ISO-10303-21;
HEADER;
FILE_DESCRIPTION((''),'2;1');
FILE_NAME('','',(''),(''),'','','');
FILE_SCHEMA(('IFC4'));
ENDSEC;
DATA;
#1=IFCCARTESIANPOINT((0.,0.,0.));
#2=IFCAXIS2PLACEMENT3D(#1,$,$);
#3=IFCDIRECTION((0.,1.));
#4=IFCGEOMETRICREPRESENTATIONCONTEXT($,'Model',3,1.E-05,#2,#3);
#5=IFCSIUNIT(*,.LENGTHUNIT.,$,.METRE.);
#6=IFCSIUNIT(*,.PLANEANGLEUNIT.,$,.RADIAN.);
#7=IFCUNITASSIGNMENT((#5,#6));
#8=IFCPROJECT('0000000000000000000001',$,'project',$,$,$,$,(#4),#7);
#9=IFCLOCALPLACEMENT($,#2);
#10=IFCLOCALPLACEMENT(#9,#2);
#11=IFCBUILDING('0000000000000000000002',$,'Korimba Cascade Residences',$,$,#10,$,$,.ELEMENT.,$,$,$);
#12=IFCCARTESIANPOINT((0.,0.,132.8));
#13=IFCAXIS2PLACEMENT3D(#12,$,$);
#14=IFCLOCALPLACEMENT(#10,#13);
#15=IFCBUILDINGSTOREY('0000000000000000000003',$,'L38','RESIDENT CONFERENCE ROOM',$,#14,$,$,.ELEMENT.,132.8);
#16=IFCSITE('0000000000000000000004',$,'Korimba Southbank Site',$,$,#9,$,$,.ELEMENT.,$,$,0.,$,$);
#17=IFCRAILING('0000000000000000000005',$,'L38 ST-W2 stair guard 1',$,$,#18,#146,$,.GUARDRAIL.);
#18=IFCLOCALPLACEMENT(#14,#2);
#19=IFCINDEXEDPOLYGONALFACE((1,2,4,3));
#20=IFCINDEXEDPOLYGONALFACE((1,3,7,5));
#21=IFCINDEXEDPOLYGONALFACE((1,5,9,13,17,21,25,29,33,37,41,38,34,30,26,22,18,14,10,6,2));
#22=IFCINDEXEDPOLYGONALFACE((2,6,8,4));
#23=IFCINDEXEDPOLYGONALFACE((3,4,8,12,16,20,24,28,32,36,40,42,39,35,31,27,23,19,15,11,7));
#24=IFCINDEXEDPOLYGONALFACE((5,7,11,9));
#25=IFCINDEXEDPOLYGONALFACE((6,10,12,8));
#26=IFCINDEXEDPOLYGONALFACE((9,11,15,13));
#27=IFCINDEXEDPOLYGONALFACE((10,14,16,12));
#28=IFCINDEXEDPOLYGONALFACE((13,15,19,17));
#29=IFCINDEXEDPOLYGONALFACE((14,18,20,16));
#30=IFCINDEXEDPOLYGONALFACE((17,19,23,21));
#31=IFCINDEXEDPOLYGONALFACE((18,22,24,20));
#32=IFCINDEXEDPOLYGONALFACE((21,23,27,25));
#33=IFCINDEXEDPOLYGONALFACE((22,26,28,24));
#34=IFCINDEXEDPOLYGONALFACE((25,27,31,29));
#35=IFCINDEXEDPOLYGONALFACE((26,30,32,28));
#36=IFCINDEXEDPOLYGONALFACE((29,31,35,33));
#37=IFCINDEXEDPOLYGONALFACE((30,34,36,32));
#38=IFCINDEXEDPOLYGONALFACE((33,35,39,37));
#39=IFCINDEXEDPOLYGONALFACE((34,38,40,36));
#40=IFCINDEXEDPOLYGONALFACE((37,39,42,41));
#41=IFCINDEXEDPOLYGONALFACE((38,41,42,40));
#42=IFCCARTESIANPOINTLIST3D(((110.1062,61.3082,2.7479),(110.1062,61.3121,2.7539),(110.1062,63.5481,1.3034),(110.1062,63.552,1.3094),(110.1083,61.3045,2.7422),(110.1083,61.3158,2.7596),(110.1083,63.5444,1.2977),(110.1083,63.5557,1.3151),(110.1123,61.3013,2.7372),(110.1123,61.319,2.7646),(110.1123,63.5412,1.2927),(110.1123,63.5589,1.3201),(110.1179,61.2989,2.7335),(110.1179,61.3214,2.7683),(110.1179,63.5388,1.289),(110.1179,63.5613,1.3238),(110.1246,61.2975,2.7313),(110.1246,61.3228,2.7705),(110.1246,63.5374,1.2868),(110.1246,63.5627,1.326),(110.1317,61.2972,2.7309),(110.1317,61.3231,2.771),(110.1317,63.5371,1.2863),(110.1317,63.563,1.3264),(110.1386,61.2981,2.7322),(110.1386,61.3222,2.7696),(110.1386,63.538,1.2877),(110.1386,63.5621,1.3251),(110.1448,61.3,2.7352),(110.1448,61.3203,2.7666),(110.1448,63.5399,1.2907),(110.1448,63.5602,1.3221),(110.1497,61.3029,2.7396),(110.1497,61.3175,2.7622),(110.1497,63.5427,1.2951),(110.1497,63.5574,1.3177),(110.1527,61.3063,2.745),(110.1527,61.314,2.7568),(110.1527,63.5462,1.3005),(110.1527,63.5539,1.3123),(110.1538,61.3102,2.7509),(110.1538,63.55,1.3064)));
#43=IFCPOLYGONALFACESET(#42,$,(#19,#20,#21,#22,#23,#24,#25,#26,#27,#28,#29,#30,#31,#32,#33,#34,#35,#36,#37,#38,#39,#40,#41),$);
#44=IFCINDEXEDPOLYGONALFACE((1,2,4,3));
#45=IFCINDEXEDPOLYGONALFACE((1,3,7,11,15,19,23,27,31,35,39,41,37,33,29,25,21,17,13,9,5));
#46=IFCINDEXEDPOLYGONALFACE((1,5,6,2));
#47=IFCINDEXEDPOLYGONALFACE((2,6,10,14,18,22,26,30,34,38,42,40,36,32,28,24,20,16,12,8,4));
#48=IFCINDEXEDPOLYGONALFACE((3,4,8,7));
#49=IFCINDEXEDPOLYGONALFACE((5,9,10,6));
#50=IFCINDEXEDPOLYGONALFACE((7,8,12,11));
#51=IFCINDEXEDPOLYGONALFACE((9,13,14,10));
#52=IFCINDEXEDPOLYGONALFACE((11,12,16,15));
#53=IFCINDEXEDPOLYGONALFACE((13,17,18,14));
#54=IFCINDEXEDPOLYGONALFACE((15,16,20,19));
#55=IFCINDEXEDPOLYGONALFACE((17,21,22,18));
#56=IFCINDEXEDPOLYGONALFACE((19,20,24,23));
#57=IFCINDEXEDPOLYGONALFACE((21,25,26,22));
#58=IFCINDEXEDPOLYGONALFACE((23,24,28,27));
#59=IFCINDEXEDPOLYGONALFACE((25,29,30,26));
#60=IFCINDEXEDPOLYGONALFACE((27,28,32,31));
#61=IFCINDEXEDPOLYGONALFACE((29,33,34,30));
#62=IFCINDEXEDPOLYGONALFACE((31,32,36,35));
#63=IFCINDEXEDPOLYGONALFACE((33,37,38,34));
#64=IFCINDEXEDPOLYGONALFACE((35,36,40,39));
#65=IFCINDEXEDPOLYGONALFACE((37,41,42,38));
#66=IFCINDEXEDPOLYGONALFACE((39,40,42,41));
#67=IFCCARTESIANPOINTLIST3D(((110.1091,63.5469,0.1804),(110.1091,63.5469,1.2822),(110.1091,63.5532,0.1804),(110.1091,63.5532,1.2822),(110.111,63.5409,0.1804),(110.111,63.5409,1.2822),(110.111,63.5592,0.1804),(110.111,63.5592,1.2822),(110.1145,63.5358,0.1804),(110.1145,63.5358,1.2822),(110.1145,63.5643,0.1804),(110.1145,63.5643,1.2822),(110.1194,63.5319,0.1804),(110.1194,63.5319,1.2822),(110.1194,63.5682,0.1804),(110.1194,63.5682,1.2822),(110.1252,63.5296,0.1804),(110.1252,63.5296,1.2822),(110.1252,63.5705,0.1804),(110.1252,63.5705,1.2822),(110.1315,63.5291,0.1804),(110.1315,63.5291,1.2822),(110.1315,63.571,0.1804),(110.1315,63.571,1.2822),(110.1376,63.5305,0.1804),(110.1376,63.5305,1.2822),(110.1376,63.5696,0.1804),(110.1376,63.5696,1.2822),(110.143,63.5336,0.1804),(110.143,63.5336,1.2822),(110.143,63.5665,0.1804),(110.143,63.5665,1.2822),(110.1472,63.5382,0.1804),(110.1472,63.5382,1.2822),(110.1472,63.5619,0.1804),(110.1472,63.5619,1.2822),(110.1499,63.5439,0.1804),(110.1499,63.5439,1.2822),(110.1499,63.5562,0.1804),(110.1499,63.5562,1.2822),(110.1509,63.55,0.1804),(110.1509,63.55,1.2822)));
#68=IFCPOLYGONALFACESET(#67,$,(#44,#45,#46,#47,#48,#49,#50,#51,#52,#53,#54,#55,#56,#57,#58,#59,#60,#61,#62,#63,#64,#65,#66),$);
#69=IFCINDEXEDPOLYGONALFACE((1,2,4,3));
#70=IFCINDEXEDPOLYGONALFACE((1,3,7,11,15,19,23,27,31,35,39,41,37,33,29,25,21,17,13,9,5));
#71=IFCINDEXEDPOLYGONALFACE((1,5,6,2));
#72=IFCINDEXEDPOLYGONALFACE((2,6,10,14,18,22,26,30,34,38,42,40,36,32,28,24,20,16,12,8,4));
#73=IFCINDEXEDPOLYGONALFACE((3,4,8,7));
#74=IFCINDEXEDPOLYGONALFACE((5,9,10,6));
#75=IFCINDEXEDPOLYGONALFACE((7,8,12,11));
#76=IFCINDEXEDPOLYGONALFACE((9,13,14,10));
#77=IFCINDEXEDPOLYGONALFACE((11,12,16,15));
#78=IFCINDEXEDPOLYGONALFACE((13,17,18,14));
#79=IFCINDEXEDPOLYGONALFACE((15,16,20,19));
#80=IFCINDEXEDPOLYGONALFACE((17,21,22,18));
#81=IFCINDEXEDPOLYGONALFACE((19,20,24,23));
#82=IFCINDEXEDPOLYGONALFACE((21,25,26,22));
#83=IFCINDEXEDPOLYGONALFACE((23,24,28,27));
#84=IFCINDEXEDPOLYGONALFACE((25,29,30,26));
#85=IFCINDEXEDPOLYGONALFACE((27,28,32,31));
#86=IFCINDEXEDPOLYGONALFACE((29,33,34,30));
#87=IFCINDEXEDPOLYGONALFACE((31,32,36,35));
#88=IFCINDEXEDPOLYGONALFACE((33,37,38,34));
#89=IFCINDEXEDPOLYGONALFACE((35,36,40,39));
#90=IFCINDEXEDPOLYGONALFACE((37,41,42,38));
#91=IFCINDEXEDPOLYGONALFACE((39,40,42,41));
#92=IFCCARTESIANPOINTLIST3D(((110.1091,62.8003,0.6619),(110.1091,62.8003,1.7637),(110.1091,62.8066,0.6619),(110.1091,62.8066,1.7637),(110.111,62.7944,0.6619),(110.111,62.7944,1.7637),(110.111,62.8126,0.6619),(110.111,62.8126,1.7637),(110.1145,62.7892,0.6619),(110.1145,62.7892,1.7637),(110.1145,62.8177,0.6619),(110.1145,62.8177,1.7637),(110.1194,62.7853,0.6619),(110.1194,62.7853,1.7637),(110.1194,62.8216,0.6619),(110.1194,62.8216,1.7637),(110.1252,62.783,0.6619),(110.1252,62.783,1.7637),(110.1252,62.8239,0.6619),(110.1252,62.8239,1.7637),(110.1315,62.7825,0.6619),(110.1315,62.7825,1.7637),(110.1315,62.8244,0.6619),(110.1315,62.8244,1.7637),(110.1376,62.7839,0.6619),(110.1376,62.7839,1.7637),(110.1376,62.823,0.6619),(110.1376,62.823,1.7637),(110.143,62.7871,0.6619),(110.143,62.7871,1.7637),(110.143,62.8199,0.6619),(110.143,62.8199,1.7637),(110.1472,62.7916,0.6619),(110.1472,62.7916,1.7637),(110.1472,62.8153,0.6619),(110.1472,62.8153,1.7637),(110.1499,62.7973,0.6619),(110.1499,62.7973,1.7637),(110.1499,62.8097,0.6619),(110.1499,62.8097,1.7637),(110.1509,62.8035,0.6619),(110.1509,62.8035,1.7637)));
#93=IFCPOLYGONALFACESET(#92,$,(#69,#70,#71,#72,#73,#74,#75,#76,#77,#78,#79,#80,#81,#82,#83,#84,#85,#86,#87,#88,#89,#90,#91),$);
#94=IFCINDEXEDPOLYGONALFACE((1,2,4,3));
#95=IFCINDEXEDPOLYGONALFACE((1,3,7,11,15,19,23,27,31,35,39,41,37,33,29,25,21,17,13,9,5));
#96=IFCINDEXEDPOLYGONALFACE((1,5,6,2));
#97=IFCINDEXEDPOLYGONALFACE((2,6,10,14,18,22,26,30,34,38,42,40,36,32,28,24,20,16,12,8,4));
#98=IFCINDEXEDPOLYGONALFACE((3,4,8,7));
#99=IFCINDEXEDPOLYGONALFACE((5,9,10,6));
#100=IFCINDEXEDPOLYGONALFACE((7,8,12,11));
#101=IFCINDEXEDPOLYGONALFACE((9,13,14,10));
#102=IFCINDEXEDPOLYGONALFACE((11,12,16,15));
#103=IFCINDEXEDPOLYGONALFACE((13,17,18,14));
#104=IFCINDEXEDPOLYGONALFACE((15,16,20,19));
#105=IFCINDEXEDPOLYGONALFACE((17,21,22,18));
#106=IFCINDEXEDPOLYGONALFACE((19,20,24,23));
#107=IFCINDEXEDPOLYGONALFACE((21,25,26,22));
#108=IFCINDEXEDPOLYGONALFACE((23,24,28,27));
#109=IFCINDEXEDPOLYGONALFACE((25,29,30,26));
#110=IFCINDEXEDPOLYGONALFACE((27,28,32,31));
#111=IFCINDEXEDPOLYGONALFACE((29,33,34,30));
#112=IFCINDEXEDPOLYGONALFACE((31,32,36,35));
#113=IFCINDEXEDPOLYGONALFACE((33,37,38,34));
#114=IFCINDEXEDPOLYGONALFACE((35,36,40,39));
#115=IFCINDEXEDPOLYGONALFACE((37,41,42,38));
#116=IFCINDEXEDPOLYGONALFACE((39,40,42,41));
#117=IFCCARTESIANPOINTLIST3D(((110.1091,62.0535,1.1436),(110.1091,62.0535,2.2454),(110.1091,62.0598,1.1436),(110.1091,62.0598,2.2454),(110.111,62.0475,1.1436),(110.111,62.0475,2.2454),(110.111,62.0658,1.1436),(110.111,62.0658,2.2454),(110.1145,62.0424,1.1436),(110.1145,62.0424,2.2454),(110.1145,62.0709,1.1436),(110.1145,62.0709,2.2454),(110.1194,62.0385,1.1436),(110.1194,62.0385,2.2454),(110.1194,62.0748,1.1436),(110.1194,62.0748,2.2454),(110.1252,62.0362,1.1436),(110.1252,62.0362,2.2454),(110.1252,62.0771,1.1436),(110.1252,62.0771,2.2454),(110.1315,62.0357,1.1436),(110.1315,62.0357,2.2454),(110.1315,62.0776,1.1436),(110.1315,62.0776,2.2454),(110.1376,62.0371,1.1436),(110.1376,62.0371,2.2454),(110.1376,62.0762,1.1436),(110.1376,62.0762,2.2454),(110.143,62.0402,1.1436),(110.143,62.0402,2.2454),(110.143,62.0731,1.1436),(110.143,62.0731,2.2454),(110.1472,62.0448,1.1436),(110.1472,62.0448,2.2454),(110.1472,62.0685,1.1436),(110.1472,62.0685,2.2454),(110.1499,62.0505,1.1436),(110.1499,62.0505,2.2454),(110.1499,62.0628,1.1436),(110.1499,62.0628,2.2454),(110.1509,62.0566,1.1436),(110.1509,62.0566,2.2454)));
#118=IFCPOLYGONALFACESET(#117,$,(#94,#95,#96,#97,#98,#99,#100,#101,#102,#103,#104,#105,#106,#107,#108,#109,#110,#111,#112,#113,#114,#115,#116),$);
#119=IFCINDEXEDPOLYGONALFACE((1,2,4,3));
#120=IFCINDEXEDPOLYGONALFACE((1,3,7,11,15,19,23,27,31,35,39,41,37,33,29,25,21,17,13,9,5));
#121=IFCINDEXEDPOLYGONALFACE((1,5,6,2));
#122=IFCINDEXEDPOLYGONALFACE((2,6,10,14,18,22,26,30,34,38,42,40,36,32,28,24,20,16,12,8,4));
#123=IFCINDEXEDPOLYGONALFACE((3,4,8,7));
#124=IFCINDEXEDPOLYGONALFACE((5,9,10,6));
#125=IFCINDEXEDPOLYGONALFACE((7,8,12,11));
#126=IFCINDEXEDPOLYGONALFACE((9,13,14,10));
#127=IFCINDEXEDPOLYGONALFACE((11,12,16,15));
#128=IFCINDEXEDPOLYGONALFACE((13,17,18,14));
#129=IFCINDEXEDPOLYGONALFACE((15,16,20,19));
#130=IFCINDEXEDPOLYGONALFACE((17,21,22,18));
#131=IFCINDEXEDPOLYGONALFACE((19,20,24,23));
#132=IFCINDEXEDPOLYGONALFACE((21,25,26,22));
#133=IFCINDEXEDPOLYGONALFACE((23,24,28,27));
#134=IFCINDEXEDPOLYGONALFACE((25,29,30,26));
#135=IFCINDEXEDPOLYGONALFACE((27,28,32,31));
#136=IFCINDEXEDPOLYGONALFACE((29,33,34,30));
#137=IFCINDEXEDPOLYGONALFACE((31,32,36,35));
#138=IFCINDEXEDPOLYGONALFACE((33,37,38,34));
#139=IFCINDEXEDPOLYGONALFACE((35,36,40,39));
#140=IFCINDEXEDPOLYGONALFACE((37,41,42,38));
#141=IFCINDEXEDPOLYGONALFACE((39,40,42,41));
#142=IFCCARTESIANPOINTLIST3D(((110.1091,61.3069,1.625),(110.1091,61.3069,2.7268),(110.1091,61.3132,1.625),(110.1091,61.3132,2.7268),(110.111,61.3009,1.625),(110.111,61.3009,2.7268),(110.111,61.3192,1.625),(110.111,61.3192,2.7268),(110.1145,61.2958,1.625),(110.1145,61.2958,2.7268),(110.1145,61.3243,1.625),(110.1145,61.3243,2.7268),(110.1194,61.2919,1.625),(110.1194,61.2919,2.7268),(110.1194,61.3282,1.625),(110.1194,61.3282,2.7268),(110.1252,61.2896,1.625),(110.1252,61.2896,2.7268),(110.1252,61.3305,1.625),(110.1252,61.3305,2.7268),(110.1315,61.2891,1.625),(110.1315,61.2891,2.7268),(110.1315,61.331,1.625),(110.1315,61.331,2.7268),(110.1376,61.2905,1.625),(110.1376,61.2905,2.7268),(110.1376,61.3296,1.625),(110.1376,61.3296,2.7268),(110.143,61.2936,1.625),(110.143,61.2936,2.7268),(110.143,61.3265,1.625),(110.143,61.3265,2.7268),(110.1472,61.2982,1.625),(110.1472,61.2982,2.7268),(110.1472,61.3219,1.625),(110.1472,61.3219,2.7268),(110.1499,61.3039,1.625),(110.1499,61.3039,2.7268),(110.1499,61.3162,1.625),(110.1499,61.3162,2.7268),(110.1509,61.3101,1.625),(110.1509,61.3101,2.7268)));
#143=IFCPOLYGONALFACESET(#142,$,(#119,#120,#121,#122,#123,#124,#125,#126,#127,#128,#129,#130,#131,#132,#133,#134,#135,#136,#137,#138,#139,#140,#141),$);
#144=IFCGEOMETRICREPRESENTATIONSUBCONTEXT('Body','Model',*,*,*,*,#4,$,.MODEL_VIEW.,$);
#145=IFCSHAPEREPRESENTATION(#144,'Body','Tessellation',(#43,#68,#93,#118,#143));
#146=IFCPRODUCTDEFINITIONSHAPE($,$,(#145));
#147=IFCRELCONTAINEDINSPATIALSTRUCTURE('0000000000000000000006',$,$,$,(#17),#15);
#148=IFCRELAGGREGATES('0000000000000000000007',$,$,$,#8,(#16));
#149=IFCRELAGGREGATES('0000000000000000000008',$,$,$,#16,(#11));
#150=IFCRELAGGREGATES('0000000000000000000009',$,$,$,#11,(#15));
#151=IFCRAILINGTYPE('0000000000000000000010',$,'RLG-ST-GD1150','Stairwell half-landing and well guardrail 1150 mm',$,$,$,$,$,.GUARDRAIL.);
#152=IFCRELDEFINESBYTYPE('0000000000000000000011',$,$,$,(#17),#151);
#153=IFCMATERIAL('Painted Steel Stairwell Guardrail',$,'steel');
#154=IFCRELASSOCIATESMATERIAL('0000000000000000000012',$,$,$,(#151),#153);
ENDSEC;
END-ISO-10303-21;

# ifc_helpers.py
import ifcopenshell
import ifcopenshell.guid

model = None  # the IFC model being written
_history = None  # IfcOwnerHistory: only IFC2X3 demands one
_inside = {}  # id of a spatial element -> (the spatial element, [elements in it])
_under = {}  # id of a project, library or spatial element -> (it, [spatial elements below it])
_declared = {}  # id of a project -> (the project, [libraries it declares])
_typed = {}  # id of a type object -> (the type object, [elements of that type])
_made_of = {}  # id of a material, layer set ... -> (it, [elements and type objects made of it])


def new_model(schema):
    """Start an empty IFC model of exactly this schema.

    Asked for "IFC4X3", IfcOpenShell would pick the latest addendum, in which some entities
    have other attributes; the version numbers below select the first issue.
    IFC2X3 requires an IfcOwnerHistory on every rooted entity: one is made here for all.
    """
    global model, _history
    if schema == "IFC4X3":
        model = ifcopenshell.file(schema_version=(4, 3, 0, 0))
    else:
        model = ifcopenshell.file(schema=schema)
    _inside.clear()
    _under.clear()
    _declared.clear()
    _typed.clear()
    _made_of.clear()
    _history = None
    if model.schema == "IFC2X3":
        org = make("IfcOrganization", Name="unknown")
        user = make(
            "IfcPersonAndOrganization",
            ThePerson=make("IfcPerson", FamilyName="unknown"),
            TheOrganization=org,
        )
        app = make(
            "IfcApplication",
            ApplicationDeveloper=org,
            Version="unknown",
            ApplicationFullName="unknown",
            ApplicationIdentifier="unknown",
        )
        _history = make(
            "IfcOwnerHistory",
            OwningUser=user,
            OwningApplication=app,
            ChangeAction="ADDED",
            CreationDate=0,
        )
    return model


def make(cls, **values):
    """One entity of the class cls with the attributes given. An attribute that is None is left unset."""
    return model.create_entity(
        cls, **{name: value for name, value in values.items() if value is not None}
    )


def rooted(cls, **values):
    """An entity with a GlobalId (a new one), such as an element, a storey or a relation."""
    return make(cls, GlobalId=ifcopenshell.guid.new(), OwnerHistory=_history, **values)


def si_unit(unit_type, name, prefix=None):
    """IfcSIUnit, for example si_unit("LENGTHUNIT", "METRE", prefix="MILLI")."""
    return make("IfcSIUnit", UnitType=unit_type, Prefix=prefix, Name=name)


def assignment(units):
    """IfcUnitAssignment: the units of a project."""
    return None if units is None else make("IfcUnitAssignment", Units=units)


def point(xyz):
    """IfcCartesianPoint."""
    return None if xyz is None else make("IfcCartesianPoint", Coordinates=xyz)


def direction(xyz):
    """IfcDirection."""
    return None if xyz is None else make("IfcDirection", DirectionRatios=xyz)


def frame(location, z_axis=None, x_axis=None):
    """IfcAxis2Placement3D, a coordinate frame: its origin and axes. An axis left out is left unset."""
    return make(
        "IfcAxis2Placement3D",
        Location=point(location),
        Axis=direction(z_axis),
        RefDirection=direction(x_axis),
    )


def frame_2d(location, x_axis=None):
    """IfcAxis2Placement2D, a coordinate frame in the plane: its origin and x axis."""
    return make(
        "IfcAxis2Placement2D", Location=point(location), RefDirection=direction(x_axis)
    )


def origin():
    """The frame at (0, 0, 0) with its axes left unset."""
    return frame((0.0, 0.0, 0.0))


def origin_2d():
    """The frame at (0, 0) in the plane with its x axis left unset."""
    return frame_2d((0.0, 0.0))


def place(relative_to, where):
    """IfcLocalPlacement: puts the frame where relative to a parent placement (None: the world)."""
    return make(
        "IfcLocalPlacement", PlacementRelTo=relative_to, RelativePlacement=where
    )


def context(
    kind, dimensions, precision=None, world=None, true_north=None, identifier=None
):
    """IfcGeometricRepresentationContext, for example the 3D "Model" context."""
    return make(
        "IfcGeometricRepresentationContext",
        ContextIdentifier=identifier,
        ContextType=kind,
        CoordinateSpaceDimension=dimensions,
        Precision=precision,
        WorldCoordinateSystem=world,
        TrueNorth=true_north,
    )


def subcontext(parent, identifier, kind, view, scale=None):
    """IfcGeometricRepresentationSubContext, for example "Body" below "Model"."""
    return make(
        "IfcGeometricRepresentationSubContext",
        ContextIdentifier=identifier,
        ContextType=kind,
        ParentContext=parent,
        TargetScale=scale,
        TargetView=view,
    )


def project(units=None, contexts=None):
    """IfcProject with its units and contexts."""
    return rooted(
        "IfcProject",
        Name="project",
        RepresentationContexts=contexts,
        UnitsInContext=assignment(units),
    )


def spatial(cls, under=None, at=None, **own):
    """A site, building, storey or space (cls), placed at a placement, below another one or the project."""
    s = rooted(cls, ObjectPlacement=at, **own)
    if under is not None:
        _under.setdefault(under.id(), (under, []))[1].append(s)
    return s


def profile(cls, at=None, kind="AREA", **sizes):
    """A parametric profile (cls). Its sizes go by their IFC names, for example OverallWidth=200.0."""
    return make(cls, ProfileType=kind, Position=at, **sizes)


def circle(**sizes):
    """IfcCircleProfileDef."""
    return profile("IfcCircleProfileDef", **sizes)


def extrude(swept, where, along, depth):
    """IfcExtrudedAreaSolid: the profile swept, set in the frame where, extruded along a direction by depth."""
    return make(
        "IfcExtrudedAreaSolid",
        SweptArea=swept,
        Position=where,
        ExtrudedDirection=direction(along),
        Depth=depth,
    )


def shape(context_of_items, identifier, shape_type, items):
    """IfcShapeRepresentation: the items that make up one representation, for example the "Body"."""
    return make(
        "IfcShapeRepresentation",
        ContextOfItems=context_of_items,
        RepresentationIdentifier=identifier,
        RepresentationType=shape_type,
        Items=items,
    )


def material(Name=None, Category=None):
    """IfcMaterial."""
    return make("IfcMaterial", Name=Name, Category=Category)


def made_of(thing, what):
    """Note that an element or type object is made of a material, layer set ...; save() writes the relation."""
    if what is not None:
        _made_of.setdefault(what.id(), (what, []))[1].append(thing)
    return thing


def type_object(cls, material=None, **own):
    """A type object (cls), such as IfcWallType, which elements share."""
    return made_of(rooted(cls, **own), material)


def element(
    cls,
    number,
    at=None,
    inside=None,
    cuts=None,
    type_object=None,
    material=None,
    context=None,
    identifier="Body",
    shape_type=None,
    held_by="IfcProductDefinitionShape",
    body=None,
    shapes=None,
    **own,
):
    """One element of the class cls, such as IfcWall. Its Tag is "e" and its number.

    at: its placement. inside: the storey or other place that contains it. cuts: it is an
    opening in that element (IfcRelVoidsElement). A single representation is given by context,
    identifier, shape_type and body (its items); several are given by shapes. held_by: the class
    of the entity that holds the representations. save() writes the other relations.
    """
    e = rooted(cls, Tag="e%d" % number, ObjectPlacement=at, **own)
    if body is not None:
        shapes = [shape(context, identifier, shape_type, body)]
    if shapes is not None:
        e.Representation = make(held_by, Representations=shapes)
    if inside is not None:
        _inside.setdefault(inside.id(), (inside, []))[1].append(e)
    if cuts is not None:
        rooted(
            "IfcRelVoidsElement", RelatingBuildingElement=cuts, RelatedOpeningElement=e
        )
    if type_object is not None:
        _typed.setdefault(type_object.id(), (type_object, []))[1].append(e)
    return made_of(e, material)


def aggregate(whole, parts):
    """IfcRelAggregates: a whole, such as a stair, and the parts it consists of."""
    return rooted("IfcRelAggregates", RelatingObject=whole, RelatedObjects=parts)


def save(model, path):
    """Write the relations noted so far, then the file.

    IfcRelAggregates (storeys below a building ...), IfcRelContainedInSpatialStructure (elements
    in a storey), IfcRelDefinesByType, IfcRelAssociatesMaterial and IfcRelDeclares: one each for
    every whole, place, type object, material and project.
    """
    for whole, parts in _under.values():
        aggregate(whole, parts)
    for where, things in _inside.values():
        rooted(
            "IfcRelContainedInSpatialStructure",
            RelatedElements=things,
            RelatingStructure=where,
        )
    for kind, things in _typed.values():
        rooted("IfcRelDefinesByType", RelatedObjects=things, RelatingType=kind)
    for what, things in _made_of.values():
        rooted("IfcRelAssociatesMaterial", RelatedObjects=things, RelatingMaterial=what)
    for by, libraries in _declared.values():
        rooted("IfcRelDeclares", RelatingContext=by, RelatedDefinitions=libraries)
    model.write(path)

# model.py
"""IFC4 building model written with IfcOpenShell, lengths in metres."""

from ifc_helpers import new_model, si_unit, direction, frame, origin, origin_2d, place, context, subcontext, project, spatial, circle, extrude, material, type_object, element, save


model = new_model("IFC4")

# Units and contexts
model_context = context("Model", 3, precision=1e-05, world=origin(), true_north=direction((0.0, 1.0)))
body_context = subcontext(model_context, "Body", "Model", "MODEL_VIEW")
ifc_project = project(units=[si_unit("LENGTHUNIT", "METRE"), si_unit("PLANEANGLEUNIT", "RADIAN")], contexts=[model_context])

# Site, building, storey
site_placement = place(None, origin())
site = spatial("IfcSite", under=ifc_project, at=site_placement, Name="Korimba Southbank Site", CompositionType="ELEMENT", RefElevation=0.0)
building_placement = place(site_placement, origin())
building = spatial("IfcBuilding", under=site, at=building_placement, Name="Korimba Cascade Residences", CompositionType="ELEMENT")
storey_placement = place(building_placement, frame((0.0, 0.0, 132.8)))
storey = spatial("IfcBuildingStorey", under=building, at=storey_placement, Name="L38", Description="RESIDENT CONFERENCE ROOM", CompositionType="ELEMENT", Elevation=132.8)

# Railing
ifc_material_1 = material(Name="Painted Steel Stairwell Guardrail", Category="steel")
railing_type_1 = type_object("IfcRailingType", Name="RLG-ST-GD1150", Description="Stairwell half-landing and well guardrail 1150 mm", PredefinedType="GUARDRAIL", material=ifc_material_1)
railing_1_placement = place(storey_placement, frame((110.1299, 63.55, 0.1804)))
element("IfcRailing", 1, at=railing_1_placement, inside=storey, type_object=railing_type_1, Name="L38 ST-W2 stair guard 1", PredefinedType="GUARDRAIL", context=body_context, shape_type="SweptSolid", body=[
    extrude(circle(Radius=0.0239, at=origin_2d()), frame((0.0, 0.0, 1.126), z_axis=(0.0, -0.840395, 0.541975), x_axis=(1.0, 0.0, 0.0)), (0.0, 0.0, 1.0), 2.6653),
    extrude(circle(Radius=0.021, at=origin_2d()), origin(), (0.0, 0.0, 1.0), 1.1018),
    extrude(circle(Radius=0.021, at=origin_2d()), frame((0.0, -0.7466, 0.4814)), (0.0, 0.0, 1.0), 1.1018),
    extrude(circle(Radius=0.021, at=origin_2d()), frame((0.0, -1.4934, 0.9631)), (0.0, 0.0, 1.0), 1.1018),
    extrude(circle(Radius=0.021, at=origin_2d()), frame((0.0, -2.24, 1.4446)), (0.0, 0.0, 1.0), 1.1018),
])

save(model, "model.ifc")
